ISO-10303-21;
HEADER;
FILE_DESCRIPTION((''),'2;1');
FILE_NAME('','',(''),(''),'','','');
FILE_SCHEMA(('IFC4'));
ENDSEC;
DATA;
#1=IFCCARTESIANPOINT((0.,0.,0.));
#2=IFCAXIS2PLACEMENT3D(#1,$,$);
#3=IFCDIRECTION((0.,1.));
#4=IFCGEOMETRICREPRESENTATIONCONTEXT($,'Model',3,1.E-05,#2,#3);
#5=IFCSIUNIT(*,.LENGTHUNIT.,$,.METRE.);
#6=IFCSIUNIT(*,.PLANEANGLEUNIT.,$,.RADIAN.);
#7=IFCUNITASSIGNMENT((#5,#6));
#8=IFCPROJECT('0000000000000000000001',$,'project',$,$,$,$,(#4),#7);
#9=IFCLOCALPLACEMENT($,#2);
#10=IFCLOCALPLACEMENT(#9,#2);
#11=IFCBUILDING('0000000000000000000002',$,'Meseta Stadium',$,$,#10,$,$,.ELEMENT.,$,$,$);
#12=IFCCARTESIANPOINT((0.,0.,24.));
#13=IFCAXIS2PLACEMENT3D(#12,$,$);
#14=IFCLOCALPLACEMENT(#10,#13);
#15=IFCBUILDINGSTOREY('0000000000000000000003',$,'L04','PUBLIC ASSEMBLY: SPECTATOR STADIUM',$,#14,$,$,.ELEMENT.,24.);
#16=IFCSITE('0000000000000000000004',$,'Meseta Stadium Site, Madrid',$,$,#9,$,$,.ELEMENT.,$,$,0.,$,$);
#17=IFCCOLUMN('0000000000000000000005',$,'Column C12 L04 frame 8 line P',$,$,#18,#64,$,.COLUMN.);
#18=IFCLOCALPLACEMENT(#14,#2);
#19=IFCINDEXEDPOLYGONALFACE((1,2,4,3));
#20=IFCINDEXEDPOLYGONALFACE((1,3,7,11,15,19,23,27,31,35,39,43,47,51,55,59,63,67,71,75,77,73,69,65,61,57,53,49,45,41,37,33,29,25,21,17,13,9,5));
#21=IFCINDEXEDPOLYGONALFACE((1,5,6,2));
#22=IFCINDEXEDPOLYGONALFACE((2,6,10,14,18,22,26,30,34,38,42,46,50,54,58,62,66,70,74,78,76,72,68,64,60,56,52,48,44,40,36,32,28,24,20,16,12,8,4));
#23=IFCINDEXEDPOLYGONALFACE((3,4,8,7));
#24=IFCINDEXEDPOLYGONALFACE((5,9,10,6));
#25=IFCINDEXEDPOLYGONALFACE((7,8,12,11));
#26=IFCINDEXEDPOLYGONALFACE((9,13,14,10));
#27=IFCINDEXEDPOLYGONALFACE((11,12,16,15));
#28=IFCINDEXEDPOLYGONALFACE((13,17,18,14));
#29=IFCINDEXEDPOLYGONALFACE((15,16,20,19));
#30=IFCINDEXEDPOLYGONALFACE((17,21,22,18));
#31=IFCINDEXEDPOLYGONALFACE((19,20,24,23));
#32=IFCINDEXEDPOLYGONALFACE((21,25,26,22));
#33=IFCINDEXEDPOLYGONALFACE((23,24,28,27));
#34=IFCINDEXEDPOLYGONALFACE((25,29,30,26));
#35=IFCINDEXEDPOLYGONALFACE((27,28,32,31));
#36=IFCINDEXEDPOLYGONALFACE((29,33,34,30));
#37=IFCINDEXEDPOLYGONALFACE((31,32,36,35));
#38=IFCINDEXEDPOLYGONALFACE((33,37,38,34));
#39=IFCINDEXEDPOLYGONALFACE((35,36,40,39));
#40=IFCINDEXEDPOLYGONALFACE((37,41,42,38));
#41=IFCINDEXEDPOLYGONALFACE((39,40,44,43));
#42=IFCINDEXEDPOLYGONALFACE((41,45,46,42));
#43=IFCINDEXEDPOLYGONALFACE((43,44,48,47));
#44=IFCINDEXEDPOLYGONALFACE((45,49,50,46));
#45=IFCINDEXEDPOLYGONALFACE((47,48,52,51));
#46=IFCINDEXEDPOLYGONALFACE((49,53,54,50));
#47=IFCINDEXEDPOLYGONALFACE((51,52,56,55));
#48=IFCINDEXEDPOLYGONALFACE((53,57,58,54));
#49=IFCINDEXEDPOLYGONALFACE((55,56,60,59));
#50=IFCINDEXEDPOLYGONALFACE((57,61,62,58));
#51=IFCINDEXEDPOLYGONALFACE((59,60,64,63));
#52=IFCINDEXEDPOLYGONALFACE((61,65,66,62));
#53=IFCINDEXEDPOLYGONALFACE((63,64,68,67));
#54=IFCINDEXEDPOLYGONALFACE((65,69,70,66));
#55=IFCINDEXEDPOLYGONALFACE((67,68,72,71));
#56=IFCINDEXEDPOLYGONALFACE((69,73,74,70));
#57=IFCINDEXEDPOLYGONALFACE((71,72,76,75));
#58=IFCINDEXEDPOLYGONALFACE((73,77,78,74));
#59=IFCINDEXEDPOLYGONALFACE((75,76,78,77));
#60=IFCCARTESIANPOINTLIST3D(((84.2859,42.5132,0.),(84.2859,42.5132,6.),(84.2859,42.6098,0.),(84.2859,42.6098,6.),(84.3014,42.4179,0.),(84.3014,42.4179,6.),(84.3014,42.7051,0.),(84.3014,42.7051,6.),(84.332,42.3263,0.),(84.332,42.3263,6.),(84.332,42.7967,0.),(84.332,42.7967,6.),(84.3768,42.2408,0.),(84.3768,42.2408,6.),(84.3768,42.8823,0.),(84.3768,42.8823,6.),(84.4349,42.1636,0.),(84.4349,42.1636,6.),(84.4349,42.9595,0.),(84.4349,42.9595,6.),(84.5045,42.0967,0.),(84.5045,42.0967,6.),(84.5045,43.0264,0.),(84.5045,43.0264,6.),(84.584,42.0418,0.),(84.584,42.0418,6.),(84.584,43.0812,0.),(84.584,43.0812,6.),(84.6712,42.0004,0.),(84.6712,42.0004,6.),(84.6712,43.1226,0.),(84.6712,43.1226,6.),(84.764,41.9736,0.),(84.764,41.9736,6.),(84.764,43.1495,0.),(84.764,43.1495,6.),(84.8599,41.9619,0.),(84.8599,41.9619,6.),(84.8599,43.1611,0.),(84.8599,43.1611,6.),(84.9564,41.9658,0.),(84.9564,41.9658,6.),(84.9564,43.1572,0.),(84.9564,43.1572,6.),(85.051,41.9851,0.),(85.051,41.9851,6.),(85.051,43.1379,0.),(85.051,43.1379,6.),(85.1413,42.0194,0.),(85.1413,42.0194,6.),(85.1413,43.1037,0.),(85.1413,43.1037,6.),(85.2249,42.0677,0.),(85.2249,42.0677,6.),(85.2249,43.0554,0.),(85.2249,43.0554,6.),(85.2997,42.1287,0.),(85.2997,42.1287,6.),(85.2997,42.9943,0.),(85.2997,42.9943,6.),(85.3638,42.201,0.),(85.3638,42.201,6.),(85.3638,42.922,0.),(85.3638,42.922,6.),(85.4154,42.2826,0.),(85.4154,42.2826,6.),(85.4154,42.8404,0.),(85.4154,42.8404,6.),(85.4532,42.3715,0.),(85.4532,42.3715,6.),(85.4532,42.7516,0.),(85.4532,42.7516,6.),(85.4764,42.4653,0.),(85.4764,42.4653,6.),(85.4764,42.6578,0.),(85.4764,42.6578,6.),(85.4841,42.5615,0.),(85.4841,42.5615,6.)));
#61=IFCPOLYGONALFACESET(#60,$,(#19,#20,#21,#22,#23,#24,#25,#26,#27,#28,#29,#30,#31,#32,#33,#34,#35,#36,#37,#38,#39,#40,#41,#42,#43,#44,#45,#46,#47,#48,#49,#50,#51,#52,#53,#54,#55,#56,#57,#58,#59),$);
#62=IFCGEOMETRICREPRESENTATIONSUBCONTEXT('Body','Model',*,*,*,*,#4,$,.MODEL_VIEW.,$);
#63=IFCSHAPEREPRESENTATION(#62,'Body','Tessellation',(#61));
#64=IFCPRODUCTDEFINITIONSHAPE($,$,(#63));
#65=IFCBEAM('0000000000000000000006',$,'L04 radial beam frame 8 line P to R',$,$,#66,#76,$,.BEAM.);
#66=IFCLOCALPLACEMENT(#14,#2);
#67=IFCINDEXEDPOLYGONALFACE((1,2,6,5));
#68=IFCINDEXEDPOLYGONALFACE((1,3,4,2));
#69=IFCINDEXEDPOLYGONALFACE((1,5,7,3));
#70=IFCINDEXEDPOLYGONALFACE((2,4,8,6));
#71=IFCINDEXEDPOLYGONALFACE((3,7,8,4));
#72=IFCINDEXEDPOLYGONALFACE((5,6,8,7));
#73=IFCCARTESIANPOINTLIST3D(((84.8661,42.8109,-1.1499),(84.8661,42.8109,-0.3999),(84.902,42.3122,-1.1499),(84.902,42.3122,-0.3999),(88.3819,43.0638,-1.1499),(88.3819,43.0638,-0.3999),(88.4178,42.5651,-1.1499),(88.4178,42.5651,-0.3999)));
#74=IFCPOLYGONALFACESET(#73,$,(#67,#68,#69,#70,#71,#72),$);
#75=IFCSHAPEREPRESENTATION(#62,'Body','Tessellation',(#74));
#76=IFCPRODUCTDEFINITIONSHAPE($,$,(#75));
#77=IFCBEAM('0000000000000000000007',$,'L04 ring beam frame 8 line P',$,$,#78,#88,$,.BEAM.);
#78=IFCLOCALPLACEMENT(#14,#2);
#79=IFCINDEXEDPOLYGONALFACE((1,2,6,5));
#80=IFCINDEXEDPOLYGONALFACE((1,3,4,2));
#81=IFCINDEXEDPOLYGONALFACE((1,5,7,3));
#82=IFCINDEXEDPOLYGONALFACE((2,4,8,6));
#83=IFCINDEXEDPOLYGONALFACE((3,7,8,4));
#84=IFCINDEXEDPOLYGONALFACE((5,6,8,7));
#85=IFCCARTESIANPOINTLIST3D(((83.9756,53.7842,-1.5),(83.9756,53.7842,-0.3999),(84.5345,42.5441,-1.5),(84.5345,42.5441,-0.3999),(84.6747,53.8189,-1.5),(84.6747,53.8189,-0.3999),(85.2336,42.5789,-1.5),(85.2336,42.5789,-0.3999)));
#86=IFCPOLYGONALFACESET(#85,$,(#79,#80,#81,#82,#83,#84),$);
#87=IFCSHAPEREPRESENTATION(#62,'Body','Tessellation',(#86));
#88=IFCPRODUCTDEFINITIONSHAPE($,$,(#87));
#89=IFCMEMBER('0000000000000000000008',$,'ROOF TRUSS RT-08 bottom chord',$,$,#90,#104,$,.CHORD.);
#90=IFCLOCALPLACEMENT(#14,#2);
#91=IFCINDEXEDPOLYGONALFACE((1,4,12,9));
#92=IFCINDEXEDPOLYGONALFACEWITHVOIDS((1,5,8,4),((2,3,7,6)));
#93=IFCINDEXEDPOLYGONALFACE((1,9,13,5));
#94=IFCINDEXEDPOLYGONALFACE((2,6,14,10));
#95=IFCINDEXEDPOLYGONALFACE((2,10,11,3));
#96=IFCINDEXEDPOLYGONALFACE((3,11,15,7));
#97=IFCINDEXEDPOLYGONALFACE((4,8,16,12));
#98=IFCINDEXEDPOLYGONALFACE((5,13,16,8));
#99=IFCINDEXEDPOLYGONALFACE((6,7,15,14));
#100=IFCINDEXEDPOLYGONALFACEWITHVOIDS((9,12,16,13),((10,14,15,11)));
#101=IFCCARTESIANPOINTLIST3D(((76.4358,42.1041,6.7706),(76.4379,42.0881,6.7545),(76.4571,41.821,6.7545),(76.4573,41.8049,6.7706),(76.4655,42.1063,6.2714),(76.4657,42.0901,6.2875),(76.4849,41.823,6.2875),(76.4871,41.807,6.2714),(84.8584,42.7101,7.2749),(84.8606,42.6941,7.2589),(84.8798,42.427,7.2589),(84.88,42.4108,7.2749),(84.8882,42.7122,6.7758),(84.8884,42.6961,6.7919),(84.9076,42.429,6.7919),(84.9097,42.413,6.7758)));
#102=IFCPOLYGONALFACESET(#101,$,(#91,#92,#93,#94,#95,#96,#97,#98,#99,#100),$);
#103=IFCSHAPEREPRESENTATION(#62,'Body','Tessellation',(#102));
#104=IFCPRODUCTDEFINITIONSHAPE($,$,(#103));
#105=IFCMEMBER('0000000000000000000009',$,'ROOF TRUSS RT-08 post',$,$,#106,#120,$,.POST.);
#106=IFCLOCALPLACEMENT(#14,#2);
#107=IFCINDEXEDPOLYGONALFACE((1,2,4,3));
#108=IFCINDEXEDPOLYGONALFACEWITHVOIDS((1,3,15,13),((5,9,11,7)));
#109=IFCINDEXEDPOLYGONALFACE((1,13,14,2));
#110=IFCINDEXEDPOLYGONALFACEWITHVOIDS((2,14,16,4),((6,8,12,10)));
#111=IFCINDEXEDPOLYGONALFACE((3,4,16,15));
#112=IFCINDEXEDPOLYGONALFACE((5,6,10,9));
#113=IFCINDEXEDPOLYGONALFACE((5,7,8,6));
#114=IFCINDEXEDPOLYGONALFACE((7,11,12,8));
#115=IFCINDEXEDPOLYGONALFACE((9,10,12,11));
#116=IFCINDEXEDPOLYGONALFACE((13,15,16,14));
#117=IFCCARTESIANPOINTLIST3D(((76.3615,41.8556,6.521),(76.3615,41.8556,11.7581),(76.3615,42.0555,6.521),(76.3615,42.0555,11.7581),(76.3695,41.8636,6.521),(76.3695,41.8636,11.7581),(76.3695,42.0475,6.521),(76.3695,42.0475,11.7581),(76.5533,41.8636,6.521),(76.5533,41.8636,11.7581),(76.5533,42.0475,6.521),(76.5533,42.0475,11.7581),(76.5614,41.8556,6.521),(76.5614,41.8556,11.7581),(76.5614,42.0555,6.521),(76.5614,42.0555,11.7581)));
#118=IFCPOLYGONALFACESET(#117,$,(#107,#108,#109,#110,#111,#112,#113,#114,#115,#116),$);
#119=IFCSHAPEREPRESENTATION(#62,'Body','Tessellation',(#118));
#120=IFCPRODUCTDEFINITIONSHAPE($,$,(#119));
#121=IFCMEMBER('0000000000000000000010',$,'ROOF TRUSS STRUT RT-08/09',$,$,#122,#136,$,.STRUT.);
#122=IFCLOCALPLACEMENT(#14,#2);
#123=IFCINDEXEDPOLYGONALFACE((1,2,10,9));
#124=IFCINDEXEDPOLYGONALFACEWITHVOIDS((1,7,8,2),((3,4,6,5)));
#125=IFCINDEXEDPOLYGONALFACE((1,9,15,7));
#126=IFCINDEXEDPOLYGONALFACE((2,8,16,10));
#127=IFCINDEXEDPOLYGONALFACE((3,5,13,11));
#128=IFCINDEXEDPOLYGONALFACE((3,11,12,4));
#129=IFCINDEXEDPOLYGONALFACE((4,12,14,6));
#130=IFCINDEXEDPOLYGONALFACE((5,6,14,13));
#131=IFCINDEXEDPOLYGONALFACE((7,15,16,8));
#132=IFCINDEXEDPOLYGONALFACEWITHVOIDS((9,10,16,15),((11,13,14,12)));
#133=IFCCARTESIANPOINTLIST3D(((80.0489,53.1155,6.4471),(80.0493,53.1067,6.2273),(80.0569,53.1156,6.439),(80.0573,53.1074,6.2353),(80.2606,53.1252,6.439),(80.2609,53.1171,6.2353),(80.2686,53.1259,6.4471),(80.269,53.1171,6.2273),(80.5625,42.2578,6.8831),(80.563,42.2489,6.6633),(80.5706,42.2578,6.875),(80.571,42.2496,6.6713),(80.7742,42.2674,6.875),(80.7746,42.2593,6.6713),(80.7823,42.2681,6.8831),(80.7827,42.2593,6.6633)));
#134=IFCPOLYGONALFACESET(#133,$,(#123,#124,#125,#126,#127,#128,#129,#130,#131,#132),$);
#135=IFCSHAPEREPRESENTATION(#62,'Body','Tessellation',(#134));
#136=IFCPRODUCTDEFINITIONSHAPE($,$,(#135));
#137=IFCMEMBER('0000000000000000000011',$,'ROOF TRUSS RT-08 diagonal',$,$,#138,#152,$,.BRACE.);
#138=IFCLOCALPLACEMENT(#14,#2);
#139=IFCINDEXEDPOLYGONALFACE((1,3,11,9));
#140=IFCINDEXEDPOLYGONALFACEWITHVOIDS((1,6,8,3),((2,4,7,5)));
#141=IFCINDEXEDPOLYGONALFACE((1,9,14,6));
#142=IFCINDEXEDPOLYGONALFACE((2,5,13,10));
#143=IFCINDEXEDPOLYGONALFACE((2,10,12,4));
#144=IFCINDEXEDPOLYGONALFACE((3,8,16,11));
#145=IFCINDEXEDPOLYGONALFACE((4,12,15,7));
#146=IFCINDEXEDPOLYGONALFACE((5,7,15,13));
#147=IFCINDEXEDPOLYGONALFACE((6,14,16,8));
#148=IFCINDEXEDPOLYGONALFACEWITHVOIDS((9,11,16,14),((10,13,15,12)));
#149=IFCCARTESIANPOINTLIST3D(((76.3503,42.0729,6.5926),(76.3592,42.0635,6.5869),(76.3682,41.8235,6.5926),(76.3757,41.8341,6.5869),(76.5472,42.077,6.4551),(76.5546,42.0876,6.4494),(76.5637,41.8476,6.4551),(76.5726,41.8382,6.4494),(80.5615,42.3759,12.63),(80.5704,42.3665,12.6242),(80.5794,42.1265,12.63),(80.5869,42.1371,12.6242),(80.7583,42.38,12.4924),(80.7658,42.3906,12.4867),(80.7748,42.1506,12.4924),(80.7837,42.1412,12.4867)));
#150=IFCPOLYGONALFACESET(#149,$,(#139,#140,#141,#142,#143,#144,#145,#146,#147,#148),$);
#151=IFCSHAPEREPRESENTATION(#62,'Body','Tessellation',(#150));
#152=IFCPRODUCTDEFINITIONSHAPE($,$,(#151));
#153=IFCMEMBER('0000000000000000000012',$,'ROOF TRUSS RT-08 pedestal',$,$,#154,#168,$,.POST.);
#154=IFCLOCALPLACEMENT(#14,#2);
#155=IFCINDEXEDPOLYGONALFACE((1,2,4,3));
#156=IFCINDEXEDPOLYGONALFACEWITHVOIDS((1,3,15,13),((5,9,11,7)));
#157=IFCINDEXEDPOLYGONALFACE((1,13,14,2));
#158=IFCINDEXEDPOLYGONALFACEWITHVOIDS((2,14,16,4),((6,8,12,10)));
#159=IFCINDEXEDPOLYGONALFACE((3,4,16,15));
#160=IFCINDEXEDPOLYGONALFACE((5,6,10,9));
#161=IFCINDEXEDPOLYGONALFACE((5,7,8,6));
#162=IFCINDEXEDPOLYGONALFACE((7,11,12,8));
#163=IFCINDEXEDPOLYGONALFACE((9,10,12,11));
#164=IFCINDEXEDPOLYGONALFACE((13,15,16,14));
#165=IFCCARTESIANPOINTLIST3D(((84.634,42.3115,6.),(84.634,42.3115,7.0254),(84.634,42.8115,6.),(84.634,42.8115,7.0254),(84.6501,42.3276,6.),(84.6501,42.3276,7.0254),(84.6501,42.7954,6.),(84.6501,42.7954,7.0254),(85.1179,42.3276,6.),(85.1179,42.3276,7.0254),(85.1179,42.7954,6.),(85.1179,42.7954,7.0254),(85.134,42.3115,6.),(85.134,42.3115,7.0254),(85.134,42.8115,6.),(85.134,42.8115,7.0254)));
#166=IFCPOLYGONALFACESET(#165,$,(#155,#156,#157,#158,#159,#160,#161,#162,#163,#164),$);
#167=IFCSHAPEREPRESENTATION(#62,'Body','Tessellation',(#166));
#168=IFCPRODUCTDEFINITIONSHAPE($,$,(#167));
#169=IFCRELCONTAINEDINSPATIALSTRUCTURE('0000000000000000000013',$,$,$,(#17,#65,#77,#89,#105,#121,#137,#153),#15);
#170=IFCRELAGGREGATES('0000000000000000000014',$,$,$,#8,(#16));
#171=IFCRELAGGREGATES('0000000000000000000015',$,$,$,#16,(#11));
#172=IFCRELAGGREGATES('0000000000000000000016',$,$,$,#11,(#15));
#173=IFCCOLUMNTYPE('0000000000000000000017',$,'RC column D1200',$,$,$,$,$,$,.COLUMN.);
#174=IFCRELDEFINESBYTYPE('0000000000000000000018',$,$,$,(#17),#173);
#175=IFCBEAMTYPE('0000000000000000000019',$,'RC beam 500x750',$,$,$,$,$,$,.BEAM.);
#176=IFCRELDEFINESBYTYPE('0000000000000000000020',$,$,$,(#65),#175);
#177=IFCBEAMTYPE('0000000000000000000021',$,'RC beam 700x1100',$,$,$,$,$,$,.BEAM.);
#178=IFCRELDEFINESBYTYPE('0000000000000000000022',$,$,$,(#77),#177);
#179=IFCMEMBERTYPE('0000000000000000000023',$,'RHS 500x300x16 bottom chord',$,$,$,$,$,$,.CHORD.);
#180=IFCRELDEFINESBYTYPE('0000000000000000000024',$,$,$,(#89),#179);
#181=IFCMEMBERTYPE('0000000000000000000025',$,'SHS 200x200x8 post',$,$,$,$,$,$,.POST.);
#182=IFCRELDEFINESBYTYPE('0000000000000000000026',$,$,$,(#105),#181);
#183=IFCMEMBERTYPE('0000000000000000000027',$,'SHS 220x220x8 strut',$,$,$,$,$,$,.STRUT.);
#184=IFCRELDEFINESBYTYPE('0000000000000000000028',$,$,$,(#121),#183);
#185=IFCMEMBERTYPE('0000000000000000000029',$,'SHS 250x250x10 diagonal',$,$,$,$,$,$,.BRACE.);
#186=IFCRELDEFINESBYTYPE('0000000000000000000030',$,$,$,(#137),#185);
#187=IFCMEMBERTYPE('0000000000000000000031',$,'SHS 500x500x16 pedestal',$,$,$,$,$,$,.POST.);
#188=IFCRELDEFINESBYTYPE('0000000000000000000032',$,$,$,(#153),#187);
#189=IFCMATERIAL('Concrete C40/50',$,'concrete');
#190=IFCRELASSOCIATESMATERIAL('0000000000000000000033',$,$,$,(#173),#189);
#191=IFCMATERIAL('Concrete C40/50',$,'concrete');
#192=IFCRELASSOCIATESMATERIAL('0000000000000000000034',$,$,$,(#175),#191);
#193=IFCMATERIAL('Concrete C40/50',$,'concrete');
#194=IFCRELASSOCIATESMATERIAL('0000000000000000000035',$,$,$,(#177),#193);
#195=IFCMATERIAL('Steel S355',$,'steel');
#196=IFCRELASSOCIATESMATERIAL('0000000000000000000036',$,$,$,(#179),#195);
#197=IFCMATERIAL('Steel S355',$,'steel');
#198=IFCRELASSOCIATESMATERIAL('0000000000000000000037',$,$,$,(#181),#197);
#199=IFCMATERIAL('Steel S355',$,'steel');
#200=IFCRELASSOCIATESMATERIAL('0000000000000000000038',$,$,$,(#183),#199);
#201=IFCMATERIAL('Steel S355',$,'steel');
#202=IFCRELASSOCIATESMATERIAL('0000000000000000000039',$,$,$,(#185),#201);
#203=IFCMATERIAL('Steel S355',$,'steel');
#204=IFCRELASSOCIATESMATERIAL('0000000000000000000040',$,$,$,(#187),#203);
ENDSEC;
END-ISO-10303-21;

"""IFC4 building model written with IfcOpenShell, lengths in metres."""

from ifc_helpers import new_model, si_unit, direction, frame, origin, origin_2d, place, context, subcontext, project, spatial, rectangle, hollow_rectangle, circle, extrude, material, material_profile, profile_set, type_object, element, save


model = new_model("IFC4")

# Units and contexts
model_context = context("Model", 3, precision=1e-05, world=origin(), true_north=direction((0.0, 1.0)))
body_context = subcontext(model_context, "Body", "Model", "MODEL_VIEW")
ifc_project = project(units=[si_unit("LENGTHUNIT", "METRE"), si_unit("PLANEANGLEUNIT", "RADIAN")], contexts=[model_context])

# Site, building, storey
site_placement = place(None, origin())
site = spatial("IfcSite", under=ifc_project, at=site_placement, Name="Meseta Stadium Site, Madrid", CompositionType="ELEMENT", RefElevation=0.0)
building_placement = place(site_placement, origin())
building = spatial("IfcBuilding", under=site, at=building_placement, Name="Meseta Stadium", CompositionType="ELEMENT")
storey_placement = place(building_placement, frame((0.0, 0.0, 24.0)))
storey = spatial("IfcBuildingStorey", under=building, at=storey_placement, Name="L04", Description="PUBLIC ASSEMBLY: SPECTATOR STADIUM", CompositionType="ELEMENT", Elevation=24.0)

# Column
ifc_material_1 = material(Name="Concrete C40/50", Category="concrete")
ifc_material_profile_1 = material_profile(ifc_material_1, circle(Radius=0.6001, at=origin_2d()), Name="RC D1200")
ifc_profile_set_1 = profile_set([ifc_material_profile_1], Name="Concrete C40/50")
column_type = type_object("IfcColumnType", Name="RC column D1200", PredefinedType="COLUMN", material=ifc_profile_set_1)
column_placement = place(storey_placement, frame((84.884, 42.5615, 0.0), z_axis=(0.0, 0.0, 1.0), x_axis=(1.0, 0.0, 0.0)))
element("IfcColumn", 1, at=column_placement, inside=storey, type_object=column_type, Name="Column C12 L04 frame 8 line P", PredefinedType="COLUMN", context=body_context, shape_type="SweptSolid", body=[
    extrude(circle(Radius=0.6001, at=origin_2d()), origin(), (0.0, 0.0, 1.0), 6.0),
])

# Beams
ifc_material_2 = material(Name="Concrete C40/50", Category="concrete")
ifc_material_profile_2 = material_profile(ifc_material_2, rectangle(XDim=0.5, YDim=0.75, at=origin_2d()), Name="RC 500x750")
ifc_profile_set_2 = profile_set([ifc_material_profile_2], Name="Concrete C40/50")
beam_type_1 = type_object("IfcBeamType", Name="RC beam 500x750", PredefinedType="BEAM", material=ifc_profile_set_2)
beam_1_placement = place(storey_placement, frame((84.884, 42.5615, -0.7749), z_axis=(0.997422, 0.071754, 0.0), x_axis=(-0.071754, 0.997422, 0.0)))
element("IfcBeam", 2, at=beam_1_placement, inside=storey, type_object=beam_type_1, Name="L04 radial beam frame 8 line P to R", PredefinedType="BEAM", context=body_context, shape_type="SweptSolid", body=[
    extrude(rectangle(XDim=0.5, YDim=0.75, at=origin_2d()), origin(), (0.0, 0.0, 1.0), 3.5249),
])
ifc_material_3 = material(Name="Concrete C40/50", Category="concrete")
ifc_material_profile_3 = material_profile(ifc_material_3, rectangle(XDim=0.7, YDim=1.1001, at=origin_2d()), Name="RC 700x1100")
ifc_profile_set_3 = profile_set([ifc_material_profile_3], Name="Concrete C40/50")
beam_type_2 = type_object("IfcBeamType", Name="RC beam 700x1100", PredefinedType="BEAM", material=ifc_profile_set_3)
beam_2_placement = place(storey_placement, frame((84.884, 42.5615, -0.95), z_axis=(-0.049657, 0.998766, 0.0), x_axis=(-0.998766, -0.049657, 0.0)))
element("IfcBeam", 3, at=beam_2_placement, inside=storey, type_object=beam_type_2, Name="L04 ring beam frame 8 line P", PredefinedType="BEAM", context=body_context, shape_type="SweptSolid", body=[
    extrude(rectangle(XDim=0.7, YDim=1.1001, at=origin_2d()), origin(), (0.0, 0.0, 1.0), 11.2539),
])

# Members
ifc_material_4 = material(Name="Steel S355", Category="steel")
ifc_material_profile_4 = material_profile(ifc_material_4, hollow_rectangle(XDim=0.3, YDim=0.5, WallThickness=0.0161, at=origin_2d()), Name="RHS 500x300x16")
ifc_profile_set_4 = profile_set([ifc_material_profile_4], Name="Steel S355")
member_type_1 = type_object("IfcMemberType", Name="RHS 500x300x16 bottom chord", PredefinedType="CHORD", material=ifc_profile_set_4)
member_1_placement = place(storey_placement, frame((76.4614, 41.9556, 6.521), z_axis=(0.995647, 0.071631, 0.059625), x_axis=(-0.071759, 0.997422, 0.0)))
element("IfcMember", 4, at=member_1_placement, inside=storey, type_object=member_type_1, Name="ROOF TRUSS RT-08 bottom chord", PredefinedType="CHORD", context=body_context, shape_type="SweptSolid", body=[
    extrude(hollow_rectangle(XDim=0.3, YDim=0.5, WallThickness=0.0161, at=origin_2d()), origin(), (0.0, 0.0, 1.0), 8.4595),
])
ifc_material_5 = material(Name="Steel S355", Category="steel")
ifc_material_profile_5 = material_profile(ifc_material_5, hollow_rectangle(XDim=0.2, YDim=0.2, WallThickness=0.0081, at=origin_2d()), Name="SHS 200x200x8")
ifc_profile_set_5 = profile_set([ifc_material_profile_5], Name="Steel S355")
member_type_2 = type_object("IfcMemberType", Name="SHS 200x200x8 post", PredefinedType="POST", material=ifc_profile_set_5)
member_2_placement = place(storey_placement, frame((76.4614, 41.9556, 6.521), z_axis=(0.0, 0.0, 1.0), x_axis=(1.0, 0.0, 0.0)))
element("IfcMember", 5, at=member_2_placement, inside=storey, type_object=member_type_2, Name="ROOF TRUSS RT-08 post", PredefinedType="POST", context=body_context, shape_type="SweptSolid", body=[
    extrude(hollow_rectangle(XDim=0.2, YDim=0.2, WallThickness=0.0081, at=origin_2d()), origin(), (0.0, 0.0, 1.0), 5.2371),
])
ifc_material_6 = material(Name="Steel S355", Category="steel")
ifc_material_profile_6 = material_profile(ifc_material_6, hollow_rectangle(XDim=0.22, YDim=0.22, WallThickness=0.0081, at=origin_2d()), Name="SHS 220x220x8")
ifc_profile_set_6 = profile_set([ifc_material_profile_6], Name="Steel S355")
member_type_3 = type_object("IfcMemberType", Name="SHS 220x220x8 strut", PredefinedType="STRUT", material=ifc_profile_set_6)
member_3_placement = place(storey_placement, frame((80.6726, 42.2585, 6.7732), z_axis=(-0.047219, 0.99808, -0.040082), x_axis=(-0.998883, -0.047257, 0.0)))
element("IfcMember", 6, at=member_3_placement, inside=storey, type_object=member_type_3, Name="ROOF TRUSS STRUT RT-08/09", PredefinedType="STRUT", context=body_context, shape_type="SweptSolid", body=[
    extrude(hollow_rectangle(XDim=0.22, YDim=0.22, WallThickness=0.0081, at=origin_2d()), origin(), (0.0, 0.0, 1.0), 10.8787),
])
ifc_material_7 = material(Name="Steel S355", Category="steel")
ifc_material_profile_7 = material_profile(ifc_material_7, hollow_rectangle(XDim=0.25, YDim=0.25, WallThickness=0.01, at=origin_2d()), Name="SHS 250x250x10")
ifc_profile_set_7 = profile_set([ifc_material_profile_7], Name="Steel S355")
member_type_4 = type_object("IfcMemberType", Name="SHS 250x250x10 diagonal", PredefinedType="BRACE", material=ifc_profile_set_7)
member_4_placement = place(storey_placement, frame((76.4614, 41.9556, 6.521), z_axis=(0.571613, 0.041125, 0.819492), x_axis=(-0.071761, 0.997422, 0.0)))
element("IfcMember", 7, at=member_4_placement, inside=storey, type_object=member_type_4, Name="ROOF TRUSS RT-08 diagonal", PredefinedType="BRACE", context=body_context, shape_type="SweptSolid", body=[
    extrude(hollow_rectangle(XDim=0.25, YDim=0.25, WallThickness=0.01, at=origin_2d()), origin(), (0.0, 0.0, 1.0), 7.3672),
])
ifc_material_8 = material(Name="Steel S355", Category="steel")
ifc_material_profile_8 = material_profile(ifc_material_8, hollow_rectangle(XDim=0.5, YDim=0.5, WallThickness=0.0161, at=origin_2d()), Name="SHS 500x500x16")
ifc_profile_set_8 = profile_set([ifc_material_profile_8], Name="Steel S355")
member_type_5 = type_object("IfcMemberType", Name="SHS 500x500x16 pedestal", PredefinedType="POST", material=ifc_profile_set_8)
member_5_placement = place(storey_placement, frame((84.884, 42.5615, 6.0), z_axis=(0.0, 0.0, 1.0), x_axis=(1.0, 0.0, 0.0)))
element("IfcMember", 8, at=member_5_placement, inside=storey, type_object=member_type_5, Name="ROOF TRUSS RT-08 pedestal", PredefinedType="POST", context=body_context, shape_type="SweptSolid", body=[
    extrude(hollow_rectangle(XDim=0.5, YDim=0.5, WallThickness=0.0161, at=origin_2d()), origin(), (0.0, 0.0, 1.0), 1.0254),
])

save(model, "model.ifc")
